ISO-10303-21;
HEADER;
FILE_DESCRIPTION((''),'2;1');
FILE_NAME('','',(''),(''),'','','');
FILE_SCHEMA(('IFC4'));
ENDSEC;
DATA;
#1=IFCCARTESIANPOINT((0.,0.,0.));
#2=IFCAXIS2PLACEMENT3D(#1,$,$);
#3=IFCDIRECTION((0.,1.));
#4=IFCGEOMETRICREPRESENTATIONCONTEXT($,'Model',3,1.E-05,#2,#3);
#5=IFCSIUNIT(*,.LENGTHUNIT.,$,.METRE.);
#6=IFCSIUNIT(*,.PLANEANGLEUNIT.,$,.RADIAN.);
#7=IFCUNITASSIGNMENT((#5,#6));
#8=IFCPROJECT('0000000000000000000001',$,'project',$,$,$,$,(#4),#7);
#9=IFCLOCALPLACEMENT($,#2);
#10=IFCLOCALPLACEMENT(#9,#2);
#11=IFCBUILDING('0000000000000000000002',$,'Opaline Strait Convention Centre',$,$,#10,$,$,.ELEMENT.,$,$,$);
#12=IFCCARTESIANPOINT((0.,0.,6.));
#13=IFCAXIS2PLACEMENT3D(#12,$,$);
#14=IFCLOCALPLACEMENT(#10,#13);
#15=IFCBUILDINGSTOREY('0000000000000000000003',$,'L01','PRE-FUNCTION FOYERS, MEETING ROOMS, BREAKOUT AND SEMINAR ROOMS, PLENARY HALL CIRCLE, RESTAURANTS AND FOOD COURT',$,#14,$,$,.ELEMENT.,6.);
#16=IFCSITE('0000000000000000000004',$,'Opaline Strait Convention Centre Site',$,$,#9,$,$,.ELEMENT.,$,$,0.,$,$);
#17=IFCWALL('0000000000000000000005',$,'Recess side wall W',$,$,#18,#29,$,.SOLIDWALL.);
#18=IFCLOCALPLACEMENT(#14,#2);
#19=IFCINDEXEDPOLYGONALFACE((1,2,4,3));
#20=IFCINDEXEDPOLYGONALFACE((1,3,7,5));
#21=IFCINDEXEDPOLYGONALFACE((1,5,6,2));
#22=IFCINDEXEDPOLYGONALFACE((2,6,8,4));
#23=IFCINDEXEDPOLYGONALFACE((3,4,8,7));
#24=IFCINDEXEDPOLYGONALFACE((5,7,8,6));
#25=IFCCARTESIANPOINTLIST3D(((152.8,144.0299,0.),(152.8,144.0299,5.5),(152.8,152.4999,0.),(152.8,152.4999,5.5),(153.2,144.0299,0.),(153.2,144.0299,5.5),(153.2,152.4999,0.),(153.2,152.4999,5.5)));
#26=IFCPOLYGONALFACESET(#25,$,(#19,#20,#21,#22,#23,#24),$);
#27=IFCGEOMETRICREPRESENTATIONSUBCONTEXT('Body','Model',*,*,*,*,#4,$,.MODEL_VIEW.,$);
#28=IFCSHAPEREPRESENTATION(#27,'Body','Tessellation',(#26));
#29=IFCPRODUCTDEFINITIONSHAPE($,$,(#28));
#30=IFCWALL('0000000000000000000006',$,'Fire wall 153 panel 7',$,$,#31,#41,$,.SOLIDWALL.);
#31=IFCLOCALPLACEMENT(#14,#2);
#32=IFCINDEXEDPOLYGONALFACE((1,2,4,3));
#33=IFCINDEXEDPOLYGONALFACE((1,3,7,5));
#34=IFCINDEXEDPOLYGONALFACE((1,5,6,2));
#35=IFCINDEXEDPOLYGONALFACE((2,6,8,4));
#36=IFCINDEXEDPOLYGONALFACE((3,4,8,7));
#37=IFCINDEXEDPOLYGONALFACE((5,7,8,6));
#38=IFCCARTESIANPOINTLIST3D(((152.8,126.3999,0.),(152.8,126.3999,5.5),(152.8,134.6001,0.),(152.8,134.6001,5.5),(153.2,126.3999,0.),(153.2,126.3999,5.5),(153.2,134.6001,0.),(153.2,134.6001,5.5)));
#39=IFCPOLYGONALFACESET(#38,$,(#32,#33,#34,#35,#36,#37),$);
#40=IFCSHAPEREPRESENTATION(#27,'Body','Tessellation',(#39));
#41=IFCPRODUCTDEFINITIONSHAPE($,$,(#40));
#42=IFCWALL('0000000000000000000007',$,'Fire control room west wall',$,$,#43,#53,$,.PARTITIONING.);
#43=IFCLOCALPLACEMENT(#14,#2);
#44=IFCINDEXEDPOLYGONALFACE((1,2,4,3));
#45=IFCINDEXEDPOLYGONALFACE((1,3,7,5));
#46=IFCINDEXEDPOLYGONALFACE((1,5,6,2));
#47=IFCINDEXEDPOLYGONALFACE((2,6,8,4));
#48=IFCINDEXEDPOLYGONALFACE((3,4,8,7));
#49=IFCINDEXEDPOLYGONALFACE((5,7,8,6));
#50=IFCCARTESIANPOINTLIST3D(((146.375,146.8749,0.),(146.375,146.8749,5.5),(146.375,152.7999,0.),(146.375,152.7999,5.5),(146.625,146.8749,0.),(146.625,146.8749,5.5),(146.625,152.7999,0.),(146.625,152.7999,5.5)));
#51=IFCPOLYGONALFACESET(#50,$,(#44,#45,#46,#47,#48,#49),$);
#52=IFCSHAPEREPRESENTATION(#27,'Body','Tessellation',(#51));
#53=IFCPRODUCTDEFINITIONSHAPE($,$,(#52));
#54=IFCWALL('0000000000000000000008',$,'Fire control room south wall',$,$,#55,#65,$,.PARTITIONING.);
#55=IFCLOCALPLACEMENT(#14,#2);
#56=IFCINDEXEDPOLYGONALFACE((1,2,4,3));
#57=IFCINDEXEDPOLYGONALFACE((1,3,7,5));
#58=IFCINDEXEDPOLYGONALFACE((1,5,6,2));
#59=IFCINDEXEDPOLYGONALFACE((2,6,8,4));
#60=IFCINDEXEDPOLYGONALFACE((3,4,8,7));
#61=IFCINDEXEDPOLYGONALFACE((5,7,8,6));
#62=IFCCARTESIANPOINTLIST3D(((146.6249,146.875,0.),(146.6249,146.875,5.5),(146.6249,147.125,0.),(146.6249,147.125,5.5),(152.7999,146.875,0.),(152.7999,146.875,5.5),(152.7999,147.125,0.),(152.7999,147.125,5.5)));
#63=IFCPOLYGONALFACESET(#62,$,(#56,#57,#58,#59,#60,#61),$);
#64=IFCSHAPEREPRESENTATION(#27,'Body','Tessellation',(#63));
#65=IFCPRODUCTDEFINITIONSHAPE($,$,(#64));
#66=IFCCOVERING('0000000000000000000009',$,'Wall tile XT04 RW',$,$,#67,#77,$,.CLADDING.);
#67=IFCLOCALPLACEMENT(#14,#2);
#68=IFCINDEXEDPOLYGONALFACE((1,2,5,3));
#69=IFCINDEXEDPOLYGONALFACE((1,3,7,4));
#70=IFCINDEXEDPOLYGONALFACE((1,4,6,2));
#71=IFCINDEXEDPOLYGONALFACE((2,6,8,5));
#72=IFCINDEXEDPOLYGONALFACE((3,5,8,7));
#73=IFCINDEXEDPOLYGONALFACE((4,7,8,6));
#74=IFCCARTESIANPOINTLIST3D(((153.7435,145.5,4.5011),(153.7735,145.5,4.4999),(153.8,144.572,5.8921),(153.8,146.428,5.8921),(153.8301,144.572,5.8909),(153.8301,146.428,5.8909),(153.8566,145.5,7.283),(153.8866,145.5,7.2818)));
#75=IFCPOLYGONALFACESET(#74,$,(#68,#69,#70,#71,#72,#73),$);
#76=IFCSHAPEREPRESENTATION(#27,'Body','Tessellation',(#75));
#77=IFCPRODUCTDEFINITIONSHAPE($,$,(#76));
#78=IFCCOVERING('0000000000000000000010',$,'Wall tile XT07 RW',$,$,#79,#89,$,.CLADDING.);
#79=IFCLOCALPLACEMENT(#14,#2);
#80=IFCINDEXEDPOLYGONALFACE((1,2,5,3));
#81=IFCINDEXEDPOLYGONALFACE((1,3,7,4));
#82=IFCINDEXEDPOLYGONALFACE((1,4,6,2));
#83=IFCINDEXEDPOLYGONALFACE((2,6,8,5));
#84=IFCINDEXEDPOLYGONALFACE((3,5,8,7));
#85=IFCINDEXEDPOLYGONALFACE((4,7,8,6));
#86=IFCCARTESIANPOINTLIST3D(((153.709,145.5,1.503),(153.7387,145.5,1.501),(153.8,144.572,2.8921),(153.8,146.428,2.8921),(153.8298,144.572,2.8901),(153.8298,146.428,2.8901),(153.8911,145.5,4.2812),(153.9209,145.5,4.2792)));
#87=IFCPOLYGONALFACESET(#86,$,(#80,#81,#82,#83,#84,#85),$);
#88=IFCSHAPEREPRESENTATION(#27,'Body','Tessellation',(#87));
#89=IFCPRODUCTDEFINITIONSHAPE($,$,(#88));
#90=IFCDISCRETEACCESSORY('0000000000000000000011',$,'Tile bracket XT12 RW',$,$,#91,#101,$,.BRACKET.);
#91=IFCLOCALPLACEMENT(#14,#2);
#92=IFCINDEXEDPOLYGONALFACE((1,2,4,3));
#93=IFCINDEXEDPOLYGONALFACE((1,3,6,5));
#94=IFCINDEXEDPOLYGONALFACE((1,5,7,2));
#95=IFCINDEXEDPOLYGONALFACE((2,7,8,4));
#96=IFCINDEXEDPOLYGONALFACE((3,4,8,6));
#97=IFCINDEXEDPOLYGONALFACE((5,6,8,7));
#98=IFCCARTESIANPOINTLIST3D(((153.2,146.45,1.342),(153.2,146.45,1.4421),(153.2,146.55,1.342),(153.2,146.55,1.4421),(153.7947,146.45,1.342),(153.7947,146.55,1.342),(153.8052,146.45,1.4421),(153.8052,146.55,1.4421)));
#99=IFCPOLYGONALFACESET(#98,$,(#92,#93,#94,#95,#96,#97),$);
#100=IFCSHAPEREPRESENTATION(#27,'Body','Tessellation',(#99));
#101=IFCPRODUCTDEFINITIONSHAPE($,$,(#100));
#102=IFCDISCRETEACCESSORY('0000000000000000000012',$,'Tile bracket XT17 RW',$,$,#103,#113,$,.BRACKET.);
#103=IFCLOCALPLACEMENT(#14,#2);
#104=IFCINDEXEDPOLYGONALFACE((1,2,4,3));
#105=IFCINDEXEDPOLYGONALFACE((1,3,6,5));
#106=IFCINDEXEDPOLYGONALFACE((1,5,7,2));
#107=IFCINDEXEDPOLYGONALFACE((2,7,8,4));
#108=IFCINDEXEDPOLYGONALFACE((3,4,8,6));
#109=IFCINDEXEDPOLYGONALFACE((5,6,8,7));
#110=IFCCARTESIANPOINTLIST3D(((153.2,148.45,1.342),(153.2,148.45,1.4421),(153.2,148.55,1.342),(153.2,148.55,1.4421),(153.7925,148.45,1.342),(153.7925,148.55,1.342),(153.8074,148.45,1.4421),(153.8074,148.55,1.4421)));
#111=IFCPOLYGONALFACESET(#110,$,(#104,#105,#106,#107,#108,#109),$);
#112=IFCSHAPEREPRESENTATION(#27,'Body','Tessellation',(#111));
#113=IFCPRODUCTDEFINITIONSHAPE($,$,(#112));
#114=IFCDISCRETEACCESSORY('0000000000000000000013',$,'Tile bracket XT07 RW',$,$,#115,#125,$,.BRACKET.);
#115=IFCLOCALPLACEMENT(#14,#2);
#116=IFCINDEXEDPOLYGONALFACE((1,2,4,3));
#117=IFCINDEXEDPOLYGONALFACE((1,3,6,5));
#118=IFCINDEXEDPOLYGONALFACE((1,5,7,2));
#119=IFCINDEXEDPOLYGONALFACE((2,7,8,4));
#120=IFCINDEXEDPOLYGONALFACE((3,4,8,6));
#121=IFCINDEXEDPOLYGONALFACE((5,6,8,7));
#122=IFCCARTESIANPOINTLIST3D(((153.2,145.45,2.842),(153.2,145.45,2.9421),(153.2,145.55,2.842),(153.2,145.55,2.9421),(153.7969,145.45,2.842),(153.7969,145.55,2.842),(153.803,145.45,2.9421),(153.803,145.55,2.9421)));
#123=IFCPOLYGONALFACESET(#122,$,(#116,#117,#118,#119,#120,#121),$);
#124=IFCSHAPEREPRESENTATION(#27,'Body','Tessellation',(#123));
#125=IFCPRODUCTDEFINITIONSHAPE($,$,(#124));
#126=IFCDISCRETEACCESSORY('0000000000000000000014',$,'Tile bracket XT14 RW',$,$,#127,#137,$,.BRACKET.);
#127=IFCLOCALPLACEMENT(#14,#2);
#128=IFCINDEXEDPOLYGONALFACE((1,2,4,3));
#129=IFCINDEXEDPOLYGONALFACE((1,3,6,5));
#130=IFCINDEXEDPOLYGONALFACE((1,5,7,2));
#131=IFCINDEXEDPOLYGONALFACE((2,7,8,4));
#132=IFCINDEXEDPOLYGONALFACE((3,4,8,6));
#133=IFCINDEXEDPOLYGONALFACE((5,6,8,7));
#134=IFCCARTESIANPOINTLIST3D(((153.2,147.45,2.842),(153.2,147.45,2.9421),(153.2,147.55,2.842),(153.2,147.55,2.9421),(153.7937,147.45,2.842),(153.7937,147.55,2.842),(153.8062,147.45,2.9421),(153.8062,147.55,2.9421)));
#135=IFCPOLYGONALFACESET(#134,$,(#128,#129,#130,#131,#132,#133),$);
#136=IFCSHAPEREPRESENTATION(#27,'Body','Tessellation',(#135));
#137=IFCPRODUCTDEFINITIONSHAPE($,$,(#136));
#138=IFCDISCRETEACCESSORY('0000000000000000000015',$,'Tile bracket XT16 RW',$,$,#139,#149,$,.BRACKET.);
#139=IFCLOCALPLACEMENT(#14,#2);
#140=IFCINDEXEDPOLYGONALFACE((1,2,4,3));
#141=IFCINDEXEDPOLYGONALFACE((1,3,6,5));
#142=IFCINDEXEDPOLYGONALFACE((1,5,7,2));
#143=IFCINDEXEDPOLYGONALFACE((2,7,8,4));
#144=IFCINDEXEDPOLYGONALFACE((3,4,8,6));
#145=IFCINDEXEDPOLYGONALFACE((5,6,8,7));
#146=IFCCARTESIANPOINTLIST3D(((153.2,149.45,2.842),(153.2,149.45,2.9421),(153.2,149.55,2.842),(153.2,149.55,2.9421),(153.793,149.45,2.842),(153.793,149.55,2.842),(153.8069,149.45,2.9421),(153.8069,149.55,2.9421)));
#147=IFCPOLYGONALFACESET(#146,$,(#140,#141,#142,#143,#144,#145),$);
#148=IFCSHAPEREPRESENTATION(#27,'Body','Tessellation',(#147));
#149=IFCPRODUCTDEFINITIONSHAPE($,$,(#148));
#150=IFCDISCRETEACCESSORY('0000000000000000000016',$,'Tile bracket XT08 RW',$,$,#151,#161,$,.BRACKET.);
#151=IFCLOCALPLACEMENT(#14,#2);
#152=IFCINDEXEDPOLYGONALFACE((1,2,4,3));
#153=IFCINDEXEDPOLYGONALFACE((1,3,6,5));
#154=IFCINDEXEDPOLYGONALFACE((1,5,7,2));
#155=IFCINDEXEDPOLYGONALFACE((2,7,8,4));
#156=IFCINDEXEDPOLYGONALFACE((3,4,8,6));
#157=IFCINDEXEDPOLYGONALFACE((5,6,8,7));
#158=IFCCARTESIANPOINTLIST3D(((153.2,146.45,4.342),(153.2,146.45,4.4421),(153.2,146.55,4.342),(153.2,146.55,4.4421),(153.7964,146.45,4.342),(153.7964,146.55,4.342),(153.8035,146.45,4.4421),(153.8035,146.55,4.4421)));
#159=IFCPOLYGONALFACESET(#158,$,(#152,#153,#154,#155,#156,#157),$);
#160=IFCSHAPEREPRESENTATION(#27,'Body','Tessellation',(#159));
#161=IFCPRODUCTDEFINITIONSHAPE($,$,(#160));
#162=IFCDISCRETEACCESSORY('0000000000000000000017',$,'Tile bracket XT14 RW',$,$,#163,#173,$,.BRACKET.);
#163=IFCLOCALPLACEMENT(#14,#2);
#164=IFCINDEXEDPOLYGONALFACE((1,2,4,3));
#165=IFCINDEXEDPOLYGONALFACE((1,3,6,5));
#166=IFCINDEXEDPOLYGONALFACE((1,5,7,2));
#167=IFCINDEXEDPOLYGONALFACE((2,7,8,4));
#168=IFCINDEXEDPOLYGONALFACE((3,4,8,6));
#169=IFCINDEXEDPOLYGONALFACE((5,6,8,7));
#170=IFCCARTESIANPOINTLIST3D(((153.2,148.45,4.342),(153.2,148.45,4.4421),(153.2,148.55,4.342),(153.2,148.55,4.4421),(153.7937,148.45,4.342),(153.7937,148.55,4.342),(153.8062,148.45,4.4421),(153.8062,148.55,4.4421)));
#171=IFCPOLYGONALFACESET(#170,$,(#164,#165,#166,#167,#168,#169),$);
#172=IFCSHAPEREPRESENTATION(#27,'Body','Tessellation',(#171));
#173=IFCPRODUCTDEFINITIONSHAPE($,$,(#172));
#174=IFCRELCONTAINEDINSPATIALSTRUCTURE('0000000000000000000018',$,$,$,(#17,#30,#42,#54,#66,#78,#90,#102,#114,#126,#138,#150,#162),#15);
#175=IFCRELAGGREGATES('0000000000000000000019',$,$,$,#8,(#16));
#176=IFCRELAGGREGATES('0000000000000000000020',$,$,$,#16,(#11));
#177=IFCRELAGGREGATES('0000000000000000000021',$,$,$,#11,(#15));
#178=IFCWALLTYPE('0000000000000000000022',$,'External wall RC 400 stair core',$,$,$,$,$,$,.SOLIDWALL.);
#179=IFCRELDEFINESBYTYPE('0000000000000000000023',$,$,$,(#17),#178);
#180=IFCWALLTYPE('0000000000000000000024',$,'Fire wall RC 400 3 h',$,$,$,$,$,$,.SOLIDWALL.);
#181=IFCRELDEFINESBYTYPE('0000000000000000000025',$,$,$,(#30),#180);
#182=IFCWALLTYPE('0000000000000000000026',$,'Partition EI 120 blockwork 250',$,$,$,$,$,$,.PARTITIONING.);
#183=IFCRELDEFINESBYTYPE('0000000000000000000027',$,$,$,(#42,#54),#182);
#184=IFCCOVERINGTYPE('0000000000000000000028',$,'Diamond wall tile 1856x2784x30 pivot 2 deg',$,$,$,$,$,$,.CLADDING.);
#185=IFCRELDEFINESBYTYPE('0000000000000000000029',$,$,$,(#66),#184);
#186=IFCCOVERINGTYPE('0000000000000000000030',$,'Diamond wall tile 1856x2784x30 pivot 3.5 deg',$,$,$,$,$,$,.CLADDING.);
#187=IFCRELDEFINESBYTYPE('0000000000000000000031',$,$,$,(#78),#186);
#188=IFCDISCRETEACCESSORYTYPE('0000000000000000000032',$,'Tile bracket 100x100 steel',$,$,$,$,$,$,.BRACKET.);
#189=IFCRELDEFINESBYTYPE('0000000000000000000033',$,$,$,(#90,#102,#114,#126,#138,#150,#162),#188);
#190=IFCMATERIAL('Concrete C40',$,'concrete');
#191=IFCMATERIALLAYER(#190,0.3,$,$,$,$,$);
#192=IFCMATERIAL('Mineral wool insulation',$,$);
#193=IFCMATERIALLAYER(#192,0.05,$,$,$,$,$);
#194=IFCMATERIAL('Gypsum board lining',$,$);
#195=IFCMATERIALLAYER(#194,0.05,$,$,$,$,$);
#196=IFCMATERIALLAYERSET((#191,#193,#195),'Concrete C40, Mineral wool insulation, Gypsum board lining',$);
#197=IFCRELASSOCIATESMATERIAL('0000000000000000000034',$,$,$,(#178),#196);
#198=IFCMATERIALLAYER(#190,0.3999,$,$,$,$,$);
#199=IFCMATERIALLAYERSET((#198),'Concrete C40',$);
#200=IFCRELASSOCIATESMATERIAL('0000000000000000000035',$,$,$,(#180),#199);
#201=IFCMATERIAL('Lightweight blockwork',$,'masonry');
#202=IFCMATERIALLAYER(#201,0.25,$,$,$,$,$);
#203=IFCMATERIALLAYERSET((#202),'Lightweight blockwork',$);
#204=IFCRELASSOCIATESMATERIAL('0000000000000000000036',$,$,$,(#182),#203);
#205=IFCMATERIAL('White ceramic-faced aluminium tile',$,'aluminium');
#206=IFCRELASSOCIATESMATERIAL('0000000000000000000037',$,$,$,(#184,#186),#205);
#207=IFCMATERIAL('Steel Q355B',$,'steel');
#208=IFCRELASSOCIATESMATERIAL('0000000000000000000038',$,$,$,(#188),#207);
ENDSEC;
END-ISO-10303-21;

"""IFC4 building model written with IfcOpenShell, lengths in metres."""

from ifc_helpers import new_model, si_unit, direction, frame, frame_2d, origin, place, context, subcontext, project, spatial, polyline, rectangle, outline, extrude, material, layer, layer_set, material_profile, profile_set, type_object, element, save


model = new_model("IFC4")

# Units and contexts
model_context = context("Model", 3, precision=1e-05, world=origin(), true_north=direction((0.0, 1.0)))
body_context = subcontext(model_context, "Body", "Model", "MODEL_VIEW")
ifc_project = project(units=[si_unit("LENGTHUNIT", "METRE"), si_unit("PLANEANGLEUNIT", "RADIAN")], contexts=[model_context])

# Site, building, storey
site_placement = place(None, origin())
site = spatial("IfcSite", under=ifc_project, at=site_placement, Name="Opaline Strait Convention Centre Site", CompositionType="ELEMENT", RefElevation=0.0)
building_placement = place(site_placement, origin())
building = spatial("IfcBuilding", under=site, at=building_placement, Name="Opaline Strait Convention Centre", CompositionType="ELEMENT")
storey_placement = place(building_placement, frame((0.0, 0.0, 6.0)))
storey = spatial("IfcBuildingStorey", under=building, at=storey_placement, Name="L01", Description="PRE-FUNCTION FOYERS, MEETING ROOMS, BREAKOUT AND SEMINAR ROOMS, PLENARY HALL CIRCLE, RESTAURANTS AND FOOD COURT", CompositionType="ELEMENT", Elevation=6.0)

# Shared definitions
ifc_material_1 = material(Name="Concrete C40", Category="concrete")

# Walls
ifc_layer_1 = layer(ifc_material_1, 0.3)
ifc_material_2 = material(Name="Mineral wool insulation")
ifc_layer_2 = layer(ifc_material_2, 0.05)
ifc_material_3 = material(Name="Gypsum board lining")
ifc_layer_3 = layer(ifc_material_3, 0.05)
ifc_layer_set_1 = layer_set([ifc_layer_1, ifc_layer_2, ifc_layer_3], Name="Concrete C40, Mineral wool insulation, Gypsum board lining")
wall_type_1 = type_object("IfcWallType", Name="External wall RC 400 stair core", PredefinedType="SOLIDWALL", material=ifc_layer_set_1)
wall_1_placement = place(storey_placement, frame((153.0, 144.03, 0.0), z_axis=(0.0, 0.0, 1.0), x_axis=(0.0, 1.0, 0.0)))
element("IfcWall", 1, at=wall_1_placement, inside=storey, type_object=wall_type_1, Name="Recess side wall W", PredefinedType="SOLIDWALL", context=body_context, shape_type="SweptSolid", body=[
    extrude(rectangle(XDim=8.47, YDim=0.3999, at=frame_2d((4.2349, 0.0))), origin(), (0.0, 0.0, 1.0), 5.5),
])
ifc_layer_4 = layer(ifc_material_1, 0.3999)
ifc_layer_set_2 = layer_set([ifc_layer_4], Name="Concrete C40")
wall_type_2 = type_object("IfcWallType", Name="Fire wall RC 400 3 h", PredefinedType="SOLIDWALL", material=ifc_layer_set_2)
wall_2_placement = place(storey_placement, frame((153.0, 126.3999, 0.0), z_axis=(0.0, 0.0, 1.0), x_axis=(0.0, 1.0, 0.0)))
element("IfcWall", 2, at=wall_2_placement, inside=storey, type_object=wall_type_2, Name="Fire wall 153 panel 7", PredefinedType="SOLIDWALL", context=body_context, shape_type="SweptSolid", body=[
    extrude(rectangle(XDim=8.2002, YDim=0.3999, at=frame_2d((4.1001, 0.0))), origin(), (0.0, 0.0, 1.0), 5.5),
])
ifc_material_4 = material(Name="Lightweight blockwork", Category="masonry")
ifc_layer_5 = layer(ifc_material_4, 0.25)
ifc_layer_set_3 = layer_set([ifc_layer_5], Name="Lightweight blockwork")
wall_type_3 = type_object("IfcWallType", Name="Partition EI 120 blockwork 250", PredefinedType="PARTITIONING", material=ifc_layer_set_3)
wall_3_placement = place(storey_placement, frame((146.5, 146.875, 0.0), z_axis=(0.0, 0.0, 1.0), x_axis=(0.0, 1.0, 0.0)))
element("IfcWall", 3, at=wall_3_placement, inside=storey, type_object=wall_type_3, Name="Fire control room west wall", PredefinedType="PARTITIONING", context=body_context, shape_type="SweptSolid", body=[
    extrude(rectangle(XDim=5.925, YDim=0.25, at=frame_2d((2.9624, 0.0))), origin(), (0.0, 0.0, 1.0), 5.5),
])
wall_4_placement = place(storey_placement, frame((146.625, 147.0, 0.0), z_axis=(0.0, 0.0, 1.0), x_axis=(1.0, 0.0, 0.0)))
element("IfcWall", 4, at=wall_4_placement, inside=storey, type_object=wall_type_3, Name="Fire control room south wall", PredefinedType="PARTITIONING", context=body_context, shape_type="SweptSolid", body=[
    extrude(rectangle(XDim=6.175, YDim=0.25, at=frame_2d((3.0874, 0.0))), origin(), (0.0, 0.0, 1.0), 5.5),
])

# Coverings
ifc_material_5 = material(Name="White ceramic-faced aluminium tile", Category="aluminium")
ifc_material_profile_1 = material_profile(ifc_material_5, outline(polyline([(0.928, 0.0), (0.0, 1.3921), (-0.928, 0.0), (0.0, -1.3921), (0.928, 0.0)])), Name="Diamond tile 1856x2784")
ifc_profile_set_1 = profile_set([ifc_material_profile_1], Name="White ceramic-faced aluminium tile")
covering_type_1 = type_object("IfcCoveringType", Name="Diamond wall tile 1856x2784x30 pivot 2 deg", PredefinedType="CLADDING", material=ifc_profile_set_1)
covering_1_placement = place(storey_placement, frame((153.8, 145.5, 5.8921), z_axis=(0.999175, 0.0, -0.040617), x_axis=(0.0, 1.0, 0.0)))
element("IfcCovering", 5, at=covering_1_placement, inside=storey, type_object=covering_type_1, Name="Wall tile XT04 RW", PredefinedType="CLADDING", context=body_context, shape_type="SweptSolid", body=[
    extrude(outline(polyline([(0.928, 0.0), (0.0, 1.3921), (-0.928, 0.0), (0.0, -1.3921), (0.928, 0.0)])), origin(), (0.0, 0.0, 1.0), 0.03),
])
ifc_material_profile_2 = material_profile(ifc_material_5, outline(polyline([(0.928, 0.0), (0.0, 1.3921), (-0.928, 0.0), (0.0, -1.3921), (0.928, 0.0)])), Name="Diamond tile 1856x2784")
ifc_profile_set_2 = profile_set([ifc_material_profile_2], Name="White ceramic-faced aluminium tile")
covering_type_2 = type_object("IfcCoveringType", Name="Diamond wall tile 1856x2784x30 pivot 3.5 deg", PredefinedType="CLADDING", material=ifc_profile_set_2)
covering_2_placement = place(storey_placement, frame((153.8, 145.5, 2.8921), z_axis=(0.997857, 0.0, -0.065433), x_axis=(0.0, 1.0, 0.0)))
element("IfcCovering", 6, at=covering_2_placement, inside=storey, type_object=covering_type_2, Name="Wall tile XT07 RW", PredefinedType="CLADDING", context=body_context, shape_type="SweptSolid", body=[
    extrude(outline(polyline([(0.928, 0.0), (0.0, 1.3921), (-0.928, 0.0), (0.0, -1.3921), (0.928, 0.0)])), origin(), (0.0, 0.0, 1.0), 0.0298),
])

# Discrete accessories
ifc_material_6 = material(Name="Steel Q355B", Category="steel")
discrete_accessory_type = type_object("IfcDiscreteAccessoryType", Name="Tile bracket 100x100 steel", PredefinedType="BRACKET", material=ifc_material_6)
discrete_accessory_1_placement = place(storey_placement, frame((153.2, 146.45, 1.3921), z_axis=(0.0, 1.0, 0.0), x_axis=(-1.0, 0.0, 0.0)))
element("IfcDiscreteAccessory", 7, at=discrete_accessory_1_placement, inside=storey, type_object=discrete_accessory_type, Name="Tile bracket XT12 RW", PredefinedType="BRACKET", context=body_context, shape_type="SweptSolid", body=[
    extrude(outline(polyline([(0.0, -0.05), (0.0, 0.05), (-0.6052, 0.05), (-0.5947, -0.05), (0.0, -0.05)])), origin(), (0.0, 0.0, 1.0), 0.1001),
])
discrete_accessory_2_placement = place(storey_placement, frame((153.2, 148.45, 1.3921), z_axis=(0.0, 1.0, 0.0), x_axis=(-1.0, 0.0, 0.0)))
element("IfcDiscreteAccessory", 8, at=discrete_accessory_2_placement, inside=storey, type_object=discrete_accessory_type, Name="Tile bracket XT17 RW", PredefinedType="BRACKET", context=body_context, shape_type="SweptSolid", body=[
    extrude(outline(polyline([(0.0, -0.05), (0.0, 0.05), (-0.6074, 0.05), (-0.5925, -0.05), (0.0, -0.05)])), origin(), (0.0, 0.0, 1.0), 0.1001),
])
discrete_accessory_3_placement = place(storey_placement, frame((153.2, 145.45, 2.8921), z_axis=(0.0, 1.0, 0.0), x_axis=(-1.0, 0.0, 0.0)))
element("IfcDiscreteAccessory", 9, at=discrete_accessory_3_placement, inside=storey, type_object=discrete_accessory_type, Name="Tile bracket XT07 RW", PredefinedType="BRACKET", context=body_context, shape_type="SweptSolid", body=[
    extrude(outline(polyline([(0.0, -0.05), (0.0, 0.05), (-0.603, 0.05), (-0.5969, -0.05), (0.0, -0.05)])), origin(), (0.0, 0.0, 1.0), 0.1001),
])
discrete_accessory_4_placement = place(storey_placement, frame((153.2, 147.45, 2.8921), z_axis=(0.0, 1.0, 0.0), x_axis=(-1.0, 0.0, 0.0)))
element("IfcDiscreteAccessory", 10, at=discrete_accessory_4_placement, inside=storey, type_object=discrete_accessory_type, Name="Tile bracket XT14 RW", PredefinedType="BRACKET", context=body_context, shape_type="SweptSolid", body=[
    extrude(outline(polyline([(0.0, -0.05), (0.0, 0.05), (-0.6062, 0.05), (-0.5938, -0.05), (0.0, -0.05)])), origin(), (0.0, 0.0, 1.0), 0.1001),
])
discrete_accessory_5_placement = place(storey_placement, frame((153.2, 149.45, 2.8921), z_axis=(0.0, 1.0, 0.0), x_axis=(-1.0, 0.0, 0.0)))
element("IfcDiscreteAccessory", 11, at=discrete_accessory_5_placement, inside=storey, type_object=discrete_accessory_type, Name="Tile bracket XT16 RW", PredefinedType="BRACKET", context=body_context, shape_type="SweptSolid", body=[
    extrude(outline(polyline([(0.0, -0.05), (0.0, 0.05), (-0.6069, 0.05), (-0.593, -0.05), (0.0, -0.05)])), origin(), (0.0, 0.0, 1.0), 0.1001),
])
discrete_accessory_6_placement = place(storey_placement, frame((153.2, 146.45, 4.3921), z_axis=(0.0, 1.0, 0.0), x_axis=(-1.0, 0.0, 0.0)))
element("IfcDiscreteAccessory", 12, at=discrete_accessory_6_placement, inside=storey, type_object=discrete_accessory_type, Name="Tile bracket XT08 RW", PredefinedType="BRACKET", context=body_context, shape_type="SweptSolid", body=[
    extrude(outline(polyline([(0.0, -0.05), (0.0, 0.05), (-0.6035, 0.05), (-0.5964, -0.05), (0.0, -0.05)])), origin(), (0.0, 0.0, 1.0), 0.1001),
])
discrete_accessory_7_placement = place(storey_placement, frame((153.2, 148.45, 4.3921), z_axis=(0.0, 1.0, 0.0), x_axis=(-1.0, 0.0, 0.0)))
element("IfcDiscreteAccessory", 13, at=discrete_accessory_7_placement, inside=storey, type_object=discrete_accessory_type, Name="Tile bracket XT14 RW", PredefinedType="BRACKET", context=body_context, shape_type="SweptSolid", body=[
    extrude(outline(polyline([(0.0, -0.05), (0.0, 0.05), (-0.6062, 0.05), (-0.5938, -0.05), (0.0, -0.05)])), origin(), (0.0, 0.0, 1.0), 0.1001),
])

save(model, "model.ifc")
